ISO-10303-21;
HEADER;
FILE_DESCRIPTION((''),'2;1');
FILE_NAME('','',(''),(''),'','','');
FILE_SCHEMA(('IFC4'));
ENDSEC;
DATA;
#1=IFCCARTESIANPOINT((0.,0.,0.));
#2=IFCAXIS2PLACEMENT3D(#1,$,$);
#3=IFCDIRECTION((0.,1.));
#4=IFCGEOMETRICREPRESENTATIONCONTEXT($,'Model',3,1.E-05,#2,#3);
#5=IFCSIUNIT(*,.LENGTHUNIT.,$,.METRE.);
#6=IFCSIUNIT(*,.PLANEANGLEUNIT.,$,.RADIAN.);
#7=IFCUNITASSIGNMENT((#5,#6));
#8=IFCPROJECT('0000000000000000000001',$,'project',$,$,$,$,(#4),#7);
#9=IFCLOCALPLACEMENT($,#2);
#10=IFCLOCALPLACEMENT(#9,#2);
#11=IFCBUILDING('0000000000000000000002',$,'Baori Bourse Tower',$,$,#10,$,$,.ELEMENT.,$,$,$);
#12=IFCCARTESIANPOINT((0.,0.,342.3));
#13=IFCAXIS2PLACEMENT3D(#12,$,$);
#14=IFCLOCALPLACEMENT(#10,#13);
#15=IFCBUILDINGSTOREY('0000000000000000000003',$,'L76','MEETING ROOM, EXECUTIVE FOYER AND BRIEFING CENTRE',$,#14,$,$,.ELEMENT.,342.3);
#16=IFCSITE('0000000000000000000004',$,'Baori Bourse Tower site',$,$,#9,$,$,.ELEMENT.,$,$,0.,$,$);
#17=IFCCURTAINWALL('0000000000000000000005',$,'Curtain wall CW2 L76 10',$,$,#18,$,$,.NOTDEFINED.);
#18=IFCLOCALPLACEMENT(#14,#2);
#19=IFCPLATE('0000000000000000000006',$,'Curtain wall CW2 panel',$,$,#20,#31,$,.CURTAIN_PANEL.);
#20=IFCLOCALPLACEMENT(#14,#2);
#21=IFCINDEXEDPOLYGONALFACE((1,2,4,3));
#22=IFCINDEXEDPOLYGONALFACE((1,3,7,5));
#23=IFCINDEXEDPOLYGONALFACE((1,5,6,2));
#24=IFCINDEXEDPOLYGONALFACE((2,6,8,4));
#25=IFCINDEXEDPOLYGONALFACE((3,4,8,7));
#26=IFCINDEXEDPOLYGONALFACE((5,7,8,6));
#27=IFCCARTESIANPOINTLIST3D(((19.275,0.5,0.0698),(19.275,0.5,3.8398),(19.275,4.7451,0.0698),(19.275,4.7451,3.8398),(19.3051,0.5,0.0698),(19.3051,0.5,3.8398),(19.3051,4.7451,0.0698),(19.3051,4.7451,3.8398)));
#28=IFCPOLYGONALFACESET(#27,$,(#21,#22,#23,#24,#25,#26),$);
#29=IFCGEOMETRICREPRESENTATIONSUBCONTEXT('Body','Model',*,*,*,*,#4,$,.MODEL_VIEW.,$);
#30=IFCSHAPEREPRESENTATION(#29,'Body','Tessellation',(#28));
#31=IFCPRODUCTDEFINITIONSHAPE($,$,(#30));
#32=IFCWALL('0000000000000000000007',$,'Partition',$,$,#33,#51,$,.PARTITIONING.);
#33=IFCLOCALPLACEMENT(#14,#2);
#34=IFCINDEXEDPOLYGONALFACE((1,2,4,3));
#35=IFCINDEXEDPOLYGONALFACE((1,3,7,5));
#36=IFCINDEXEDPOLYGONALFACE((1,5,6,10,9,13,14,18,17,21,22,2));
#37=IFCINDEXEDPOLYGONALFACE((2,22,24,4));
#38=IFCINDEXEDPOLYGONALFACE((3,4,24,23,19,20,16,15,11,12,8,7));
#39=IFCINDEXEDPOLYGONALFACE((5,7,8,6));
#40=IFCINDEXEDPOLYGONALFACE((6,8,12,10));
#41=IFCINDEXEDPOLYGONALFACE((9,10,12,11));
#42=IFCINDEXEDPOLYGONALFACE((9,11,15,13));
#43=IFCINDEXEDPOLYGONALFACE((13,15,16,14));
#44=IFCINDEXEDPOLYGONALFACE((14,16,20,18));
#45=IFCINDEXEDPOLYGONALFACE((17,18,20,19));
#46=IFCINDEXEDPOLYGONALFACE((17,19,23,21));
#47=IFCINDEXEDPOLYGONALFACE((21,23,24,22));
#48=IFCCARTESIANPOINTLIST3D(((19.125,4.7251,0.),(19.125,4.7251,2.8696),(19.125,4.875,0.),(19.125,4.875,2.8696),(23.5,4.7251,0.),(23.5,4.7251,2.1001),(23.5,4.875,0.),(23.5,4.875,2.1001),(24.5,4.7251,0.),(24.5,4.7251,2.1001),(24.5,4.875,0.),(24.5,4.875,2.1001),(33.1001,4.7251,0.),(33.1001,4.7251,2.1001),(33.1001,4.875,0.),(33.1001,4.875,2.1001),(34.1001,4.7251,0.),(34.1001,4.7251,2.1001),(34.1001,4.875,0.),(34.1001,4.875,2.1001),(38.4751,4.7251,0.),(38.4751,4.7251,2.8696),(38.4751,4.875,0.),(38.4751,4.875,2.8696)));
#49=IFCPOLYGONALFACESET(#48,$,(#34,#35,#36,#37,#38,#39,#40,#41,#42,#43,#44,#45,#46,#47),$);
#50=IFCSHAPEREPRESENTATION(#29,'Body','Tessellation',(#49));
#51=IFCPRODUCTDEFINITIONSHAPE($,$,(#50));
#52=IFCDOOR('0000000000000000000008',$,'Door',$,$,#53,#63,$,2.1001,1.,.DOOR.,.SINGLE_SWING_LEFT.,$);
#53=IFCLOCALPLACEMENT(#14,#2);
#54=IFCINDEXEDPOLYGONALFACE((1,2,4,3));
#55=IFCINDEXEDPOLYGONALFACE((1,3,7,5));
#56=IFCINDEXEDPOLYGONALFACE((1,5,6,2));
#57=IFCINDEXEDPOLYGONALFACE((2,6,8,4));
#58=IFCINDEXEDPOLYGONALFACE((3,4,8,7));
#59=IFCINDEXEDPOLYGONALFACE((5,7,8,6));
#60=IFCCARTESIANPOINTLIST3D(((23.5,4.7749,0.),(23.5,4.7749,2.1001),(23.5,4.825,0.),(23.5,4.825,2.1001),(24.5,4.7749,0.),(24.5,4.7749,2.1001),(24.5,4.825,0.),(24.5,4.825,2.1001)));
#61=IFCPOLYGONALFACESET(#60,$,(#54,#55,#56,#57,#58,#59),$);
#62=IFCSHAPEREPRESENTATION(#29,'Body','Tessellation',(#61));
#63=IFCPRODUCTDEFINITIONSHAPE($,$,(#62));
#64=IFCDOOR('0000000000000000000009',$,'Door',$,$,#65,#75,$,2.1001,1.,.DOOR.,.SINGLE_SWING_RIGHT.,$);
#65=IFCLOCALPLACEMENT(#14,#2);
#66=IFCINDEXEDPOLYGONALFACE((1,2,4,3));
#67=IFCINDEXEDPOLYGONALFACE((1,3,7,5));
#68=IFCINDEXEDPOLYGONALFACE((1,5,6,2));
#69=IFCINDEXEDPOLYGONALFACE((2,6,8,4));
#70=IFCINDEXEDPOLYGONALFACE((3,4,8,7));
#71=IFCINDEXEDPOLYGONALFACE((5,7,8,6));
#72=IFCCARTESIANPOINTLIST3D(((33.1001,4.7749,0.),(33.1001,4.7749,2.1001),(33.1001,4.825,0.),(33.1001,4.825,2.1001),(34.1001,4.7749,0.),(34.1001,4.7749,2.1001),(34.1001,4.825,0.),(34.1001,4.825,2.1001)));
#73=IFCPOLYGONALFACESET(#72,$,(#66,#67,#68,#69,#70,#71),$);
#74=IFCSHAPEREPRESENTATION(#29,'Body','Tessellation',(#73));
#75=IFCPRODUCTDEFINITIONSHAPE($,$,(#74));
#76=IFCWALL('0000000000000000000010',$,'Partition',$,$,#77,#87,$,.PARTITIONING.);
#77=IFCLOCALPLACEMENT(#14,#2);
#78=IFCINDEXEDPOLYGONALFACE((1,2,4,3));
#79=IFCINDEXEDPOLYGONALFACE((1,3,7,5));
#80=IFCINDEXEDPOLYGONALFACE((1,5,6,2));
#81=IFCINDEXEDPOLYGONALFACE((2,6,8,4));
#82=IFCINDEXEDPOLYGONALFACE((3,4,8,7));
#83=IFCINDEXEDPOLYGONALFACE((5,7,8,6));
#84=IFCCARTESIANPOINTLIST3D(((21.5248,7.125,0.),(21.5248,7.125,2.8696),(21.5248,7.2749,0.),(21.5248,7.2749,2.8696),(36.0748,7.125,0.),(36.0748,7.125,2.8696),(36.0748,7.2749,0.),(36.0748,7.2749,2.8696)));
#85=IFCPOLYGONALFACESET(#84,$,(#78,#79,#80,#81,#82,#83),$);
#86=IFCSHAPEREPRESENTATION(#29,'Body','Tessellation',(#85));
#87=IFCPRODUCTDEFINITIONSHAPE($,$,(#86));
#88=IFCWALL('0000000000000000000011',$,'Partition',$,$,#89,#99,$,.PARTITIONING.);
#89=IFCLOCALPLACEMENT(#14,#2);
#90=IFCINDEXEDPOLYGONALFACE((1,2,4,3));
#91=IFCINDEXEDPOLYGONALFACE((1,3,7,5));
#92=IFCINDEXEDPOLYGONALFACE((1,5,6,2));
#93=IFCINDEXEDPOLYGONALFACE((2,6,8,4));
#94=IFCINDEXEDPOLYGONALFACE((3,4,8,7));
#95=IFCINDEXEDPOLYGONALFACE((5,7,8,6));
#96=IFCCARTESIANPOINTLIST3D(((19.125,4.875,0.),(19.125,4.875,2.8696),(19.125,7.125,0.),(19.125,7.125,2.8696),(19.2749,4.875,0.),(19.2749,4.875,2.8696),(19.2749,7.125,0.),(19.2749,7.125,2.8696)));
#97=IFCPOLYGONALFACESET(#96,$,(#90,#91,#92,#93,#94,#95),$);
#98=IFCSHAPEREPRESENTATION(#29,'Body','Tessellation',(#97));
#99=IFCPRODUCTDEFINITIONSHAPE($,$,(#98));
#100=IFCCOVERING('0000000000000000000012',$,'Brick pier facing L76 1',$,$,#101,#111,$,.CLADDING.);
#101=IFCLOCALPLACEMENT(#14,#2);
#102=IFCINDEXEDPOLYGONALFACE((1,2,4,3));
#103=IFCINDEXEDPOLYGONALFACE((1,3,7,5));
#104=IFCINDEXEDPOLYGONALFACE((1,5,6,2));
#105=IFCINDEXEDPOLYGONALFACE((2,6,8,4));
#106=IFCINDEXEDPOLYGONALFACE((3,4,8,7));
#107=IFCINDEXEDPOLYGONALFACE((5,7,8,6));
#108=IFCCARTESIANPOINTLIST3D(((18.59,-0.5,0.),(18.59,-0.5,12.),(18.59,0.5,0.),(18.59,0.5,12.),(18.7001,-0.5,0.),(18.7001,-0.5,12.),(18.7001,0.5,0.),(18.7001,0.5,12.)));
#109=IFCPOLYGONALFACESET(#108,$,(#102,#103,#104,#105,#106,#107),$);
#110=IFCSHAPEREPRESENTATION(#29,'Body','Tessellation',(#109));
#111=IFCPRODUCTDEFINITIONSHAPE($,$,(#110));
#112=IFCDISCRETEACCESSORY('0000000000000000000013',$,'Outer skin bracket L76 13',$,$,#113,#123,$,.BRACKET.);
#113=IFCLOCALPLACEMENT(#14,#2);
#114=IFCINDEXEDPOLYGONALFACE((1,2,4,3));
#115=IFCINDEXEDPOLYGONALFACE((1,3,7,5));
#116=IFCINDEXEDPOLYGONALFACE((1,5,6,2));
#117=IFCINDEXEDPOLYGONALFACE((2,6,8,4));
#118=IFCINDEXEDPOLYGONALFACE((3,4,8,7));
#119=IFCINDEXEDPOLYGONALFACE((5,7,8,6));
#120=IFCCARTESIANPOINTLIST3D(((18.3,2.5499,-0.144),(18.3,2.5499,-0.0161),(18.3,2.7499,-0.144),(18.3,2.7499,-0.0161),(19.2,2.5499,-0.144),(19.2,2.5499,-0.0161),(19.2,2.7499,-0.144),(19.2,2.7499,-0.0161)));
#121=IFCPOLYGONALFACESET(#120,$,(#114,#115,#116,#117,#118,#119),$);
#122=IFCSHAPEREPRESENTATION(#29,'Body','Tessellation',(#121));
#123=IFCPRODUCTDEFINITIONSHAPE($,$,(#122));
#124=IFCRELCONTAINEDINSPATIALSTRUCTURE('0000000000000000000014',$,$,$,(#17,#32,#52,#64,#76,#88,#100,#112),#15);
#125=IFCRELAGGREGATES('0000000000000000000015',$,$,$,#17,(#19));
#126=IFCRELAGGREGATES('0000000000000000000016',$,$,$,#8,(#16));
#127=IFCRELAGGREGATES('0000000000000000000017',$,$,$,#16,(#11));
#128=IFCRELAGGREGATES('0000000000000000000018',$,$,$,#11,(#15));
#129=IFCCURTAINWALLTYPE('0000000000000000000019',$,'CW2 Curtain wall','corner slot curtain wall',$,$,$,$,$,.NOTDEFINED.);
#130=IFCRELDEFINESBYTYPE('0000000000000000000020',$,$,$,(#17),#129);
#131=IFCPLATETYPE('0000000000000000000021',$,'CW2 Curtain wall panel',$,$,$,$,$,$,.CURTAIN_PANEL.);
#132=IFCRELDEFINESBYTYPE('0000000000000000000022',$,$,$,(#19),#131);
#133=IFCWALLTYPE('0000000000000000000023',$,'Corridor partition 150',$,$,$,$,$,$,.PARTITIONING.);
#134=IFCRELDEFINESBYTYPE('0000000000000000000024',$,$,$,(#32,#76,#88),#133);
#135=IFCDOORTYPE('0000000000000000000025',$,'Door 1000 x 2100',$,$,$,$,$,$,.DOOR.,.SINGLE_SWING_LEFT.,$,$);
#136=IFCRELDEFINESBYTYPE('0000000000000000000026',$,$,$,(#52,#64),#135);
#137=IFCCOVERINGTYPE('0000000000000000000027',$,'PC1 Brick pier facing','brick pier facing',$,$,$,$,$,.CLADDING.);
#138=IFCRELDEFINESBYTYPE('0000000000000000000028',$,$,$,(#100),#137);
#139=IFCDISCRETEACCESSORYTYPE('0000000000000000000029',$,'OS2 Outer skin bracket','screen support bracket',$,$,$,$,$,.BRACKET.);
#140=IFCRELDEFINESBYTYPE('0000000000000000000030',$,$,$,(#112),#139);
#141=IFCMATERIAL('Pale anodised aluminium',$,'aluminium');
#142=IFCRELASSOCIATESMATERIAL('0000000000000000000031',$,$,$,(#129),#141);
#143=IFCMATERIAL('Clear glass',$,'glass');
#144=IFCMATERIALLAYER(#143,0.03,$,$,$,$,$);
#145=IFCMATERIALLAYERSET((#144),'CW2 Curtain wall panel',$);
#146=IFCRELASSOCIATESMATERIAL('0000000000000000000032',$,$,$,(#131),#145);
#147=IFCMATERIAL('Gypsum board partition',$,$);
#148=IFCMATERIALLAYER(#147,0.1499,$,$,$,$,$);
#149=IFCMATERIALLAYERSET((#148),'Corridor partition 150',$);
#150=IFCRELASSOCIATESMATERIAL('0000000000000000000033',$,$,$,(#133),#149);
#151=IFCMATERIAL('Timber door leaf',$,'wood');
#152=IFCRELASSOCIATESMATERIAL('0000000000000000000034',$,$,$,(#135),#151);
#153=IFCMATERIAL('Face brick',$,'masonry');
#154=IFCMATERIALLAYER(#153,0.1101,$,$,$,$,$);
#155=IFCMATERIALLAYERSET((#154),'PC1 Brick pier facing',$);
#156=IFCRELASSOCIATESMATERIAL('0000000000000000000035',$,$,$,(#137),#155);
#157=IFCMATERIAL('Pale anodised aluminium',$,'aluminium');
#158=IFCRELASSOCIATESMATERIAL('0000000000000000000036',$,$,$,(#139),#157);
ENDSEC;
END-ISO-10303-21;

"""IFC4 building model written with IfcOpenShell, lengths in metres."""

from ifc_helpers import new_model, si_unit, direction, frame, frame_2d, origin, origin_2d, place, context, subcontext, project, spatial, rectangle, extrude, material, layer, layer_set, type_object, element, fill, aggregate, save


model = new_model("IFC4")

# Units and contexts
model_context = context("Model", 3, precision=1e-05, world=origin(), true_north=direction((0.0, 1.0)))
body_context = subcontext(model_context, "Body", "Model", "MODEL_VIEW")
ifc_project = project(units=[si_unit("LENGTHUNIT", "METRE"), si_unit("PLANEANGLEUNIT", "RADIAN")], contexts=[model_context])

# Site, building, storey
site_placement = place(None, origin())
site = spatial("IfcSite", under=ifc_project, at=site_placement, Name="Baori Bourse Tower site", CompositionType="ELEMENT", RefElevation=0.0)
building_placement = place(site_placement, origin())
building = spatial("IfcBuilding", under=site, at=building_placement, Name="Baori Bourse Tower", CompositionType="ELEMENT")
storey_placement = place(building_placement, frame((0.0, 0.0, 342.3)))
storey = spatial("IfcBuildingStorey", under=building, at=storey_placement, Name="L76", Description="MEETING ROOM, EXECUTIVE FOYER AND BRIEFING CENTRE", CompositionType="ELEMENT", Elevation=342.3)

# Curtain wall
ifc_material_1 = material(Name="Pale anodised aluminium", Category="aluminium")
curtain_wall_type_1 = type_object("IfcCurtainWallType", Name="CW2 Curtain wall", Description="corner slot curtain wall", PredefinedType="NOTDEFINED", material=ifc_material_1)
curtain_wall_1_placement = place(storey_placement, origin())
curtain_wall_1 = element("IfcCurtainWall", 1, at=curtain_wall_1_placement, inside=storey, type_object=curtain_wall_type_1, Name="Curtain wall CW2 L76 10", PredefinedType="NOTDEFINED")

# Plate
ifc_material_2 = material(Name="Clear glass", Category="glass")
ifc_layer_1 = layer(ifc_material_2, 0.03)
ifc_layer_set_1 = layer_set([ifc_layer_1], Name="CW2 Curtain wall panel")
plate_type = type_object("IfcPlateType", Name="CW2 Curtain wall panel", PredefinedType="CURTAIN_PANEL", material=ifc_layer_set_1)
plate_placement = place(storey_placement, frame((19.29, 2.6226, 0.0698), z_axis=(0.0, 0.0, 1.0), x_axis=(0.0, -1.0, 0.0)))
plate = element("IfcPlate", 2, at=plate_placement, type_object=plate_type, Name="Curtain wall CW2 panel", PredefinedType="CURTAIN_PANEL", context=body_context, shape_type="SweptSolid", body=[
    extrude(rectangle(XDim=4.2451, YDim=0.03, at=origin_2d()), origin(), (0.0, 0.0, 1.0), 3.77),
])
aggregate(curtain_wall_1, [plate])

# Wall, openings, doors
ifc_material_3 = material(Name="Gypsum board partition")
ifc_layer_2 = layer(ifc_material_3, 0.1499)
ifc_layer_set_2 = layer_set([ifc_layer_2], Name="Corridor partition 150")
wall_type = type_object("IfcWallType", Name="Corridor partition 150", PredefinedType="PARTITIONING", material=ifc_layer_set_2)
wall_1_placement = place(storey_placement, frame((19.125, 4.8, 0.0), z_axis=(0.0, 0.0, 1.0), x_axis=(1.0, 0.0, 0.0)))
wall_1 = element("IfcWall", 3, at=wall_1_placement, inside=storey, type_object=wall_type, Name="Partition", PredefinedType="PARTITIONING", context=body_context, shape_type="SweptSolid", body=[
    extrude(rectangle(XDim=19.3501, YDim=0.1499, at=frame_2d((9.675, 0.0))), origin(), (0.0, 0.0, 1.0), 2.8696),
])
opening_1_placement = place(wall_1_placement, frame((4.375, 0.0, 0.0)))
opening_1 = element("IfcOpeningElement", 4, at=opening_1_placement, cuts=wall_1, PredefinedType="OPENING", context=body_context, shape_type="SweptSolid", body=[
    extrude(rectangle(XDim=1.0, YDim=2.1001, at=frame_2d((0.5, 1.05))), frame((0.0, 0.085, 0.0), z_axis=(0.0, -1.0, 0.0), x_axis=(1.0, 0.0, 0.0)), (0.0, 0.0, 1.0), 0.1699),
])
opening_2_placement = place(wall_1_placement, frame((13.9751, 0.0, 0.0)))
opening_2 = element("IfcOpeningElement", 5, at=opening_2_placement, cuts=wall_1, PredefinedType="OPENING", context=body_context, shape_type="SweptSolid", body=[
    extrude(rectangle(XDim=1.0, YDim=2.1001, at=frame_2d((0.5, 1.05))), frame((0.0, 0.085, 0.0), z_axis=(0.0, -1.0, 0.0), x_axis=(1.0, 0.0, 0.0)), (0.0, 0.0, 1.0), 0.1699),
])
ifc_material_4 = material(Name="Timber door leaf", Category="wood")
door_type = type_object("IfcDoorType", Name="Door 1000 x 2100", OperationType="SINGLE_SWING_LEFT", PredefinedType="DOOR", material=ifc_material_4)
door_1_placement = place(opening_1_placement, origin())
door_1 = element("IfcDoor", 6, at=door_1_placement, inside=storey, type_object=door_type, Name="Door", OperationType="SINGLE_SWING_LEFT", OverallHeight=2.1001, OverallWidth=1.0, PredefinedType="DOOR", context=body_context, shape_type="SweptSolid", body=[
    extrude(rectangle(XDim=1.0, YDim=2.1001, at=frame_2d((0.5, 1.05))), frame((0.0, 0.0249, 0.0), z_axis=(0.0, -1.0, 0.0), x_axis=(1.0, 0.0, 0.0)), (0.0, 0.0, 1.0), 0.05),
])
fill(opening_1, door_1)
door_2_placement = place(opening_2_placement, origin())
door_2 = element("IfcDoor", 7, at=door_2_placement, inside=storey, type_object=door_type, Name="Door", OperationType="SINGLE_SWING_RIGHT", OverallHeight=2.1001, OverallWidth=1.0, PredefinedType="DOOR", context=body_context, shape_type="SweptSolid", body=[
    extrude(rectangle(XDim=1.0, YDim=2.1001, at=frame_2d((0.5, 1.05))), frame((0.0, 0.0249, 0.0), z_axis=(0.0, -1.0, 0.0), x_axis=(1.0, 0.0, 0.0)), (0.0, 0.0, 1.0), 0.05),
])
fill(opening_2, door_2)

# Walls
wall_2_placement = place(storey_placement, frame((21.5249, 7.2, 0.0), z_axis=(0.0, 0.0, 1.0), x_axis=(1.0, 0.0, 0.0)))
element("IfcWall", 8, at=wall_2_placement, inside=storey, type_object=wall_type, Name="Partition", PredefinedType="PARTITIONING", context=body_context, shape_type="SweptSolid", body=[
    extrude(rectangle(XDim=14.55, YDim=0.1499, at=frame_2d((7.2749, 0.0))), origin(), (0.0, 0.0, 1.0), 2.8696),
])
wall_3_placement = place(storey_placement, frame((19.2, 4.875, 0.0), z_axis=(0.0, 0.0, 1.0), x_axis=(0.0, 1.0, 0.0)))
element("IfcWall", 9, at=wall_3_placement, inside=storey, type_object=wall_type, Name="Partition", PredefinedType="PARTITIONING", context=body_context, shape_type="SweptSolid", body=[
    extrude(rectangle(XDim=2.25, YDim=0.1499, at=frame_2d((1.125, 0.0))), origin(), (0.0, 0.0, 1.0), 2.8696),
])

# Covering
ifc_material_5 = material(Name="Face brick", Category="masonry")
ifc_layer_3 = layer(ifc_material_5, 0.1101)
ifc_layer_set_3 = layer_set([ifc_layer_3], Name="PC1 Brick pier facing")
covering_type = type_object("IfcCoveringType", Name="PC1 Brick pier facing", Description="brick pier facing", PredefinedType="CLADDING", material=ifc_layer_set_3)
covering_placement = place(storey_placement, frame((18.645, 0.0, 0.0), z_axis=(0.0, 0.0, 1.0), x_axis=(1.0, 0.0, 0.0)))
element("IfcCovering", 10, at=covering_placement, inside=storey, type_object=covering_type, Name="Brick pier facing L76 1", PredefinedType="CLADDING", context=body_context, shape_type="SweptSolid", body=[
    extrude(rectangle(XDim=0.1101, YDim=1.0, at=origin_2d()), origin(), (0.0, 0.0, 1.0), 12.0),
])

# Discrete accessory
ifc_material_6 = material(Name="Pale anodised aluminium", Category="aluminium")
discrete_accessory_type = type_object("IfcDiscreteAccessoryType", Name="OS2 Outer skin bracket", Description="screen support bracket", PredefinedType="BRACKET", material=ifc_material_6)
discrete_accessory_placement = place(storey_placement, frame((18.75, 2.6499, -0.144), z_axis=(0.0, 0.0, 1.0), x_axis=(0.0, -1.0, 0.0)))
element("IfcDiscreteAccessory", 11, at=discrete_accessory_placement, inside=storey, type_object=discrete_accessory_type, Name="Outer skin bracket L76 13", PredefinedType="BRACKET", context=body_context, shape_type="SweptSolid", body=[
    extrude(rectangle(XDim=0.2, YDim=0.8999, at=origin_2d()), origin(), (0.0, 0.0, 1.0), 0.1279),
])

save(model, "model.ifc")
